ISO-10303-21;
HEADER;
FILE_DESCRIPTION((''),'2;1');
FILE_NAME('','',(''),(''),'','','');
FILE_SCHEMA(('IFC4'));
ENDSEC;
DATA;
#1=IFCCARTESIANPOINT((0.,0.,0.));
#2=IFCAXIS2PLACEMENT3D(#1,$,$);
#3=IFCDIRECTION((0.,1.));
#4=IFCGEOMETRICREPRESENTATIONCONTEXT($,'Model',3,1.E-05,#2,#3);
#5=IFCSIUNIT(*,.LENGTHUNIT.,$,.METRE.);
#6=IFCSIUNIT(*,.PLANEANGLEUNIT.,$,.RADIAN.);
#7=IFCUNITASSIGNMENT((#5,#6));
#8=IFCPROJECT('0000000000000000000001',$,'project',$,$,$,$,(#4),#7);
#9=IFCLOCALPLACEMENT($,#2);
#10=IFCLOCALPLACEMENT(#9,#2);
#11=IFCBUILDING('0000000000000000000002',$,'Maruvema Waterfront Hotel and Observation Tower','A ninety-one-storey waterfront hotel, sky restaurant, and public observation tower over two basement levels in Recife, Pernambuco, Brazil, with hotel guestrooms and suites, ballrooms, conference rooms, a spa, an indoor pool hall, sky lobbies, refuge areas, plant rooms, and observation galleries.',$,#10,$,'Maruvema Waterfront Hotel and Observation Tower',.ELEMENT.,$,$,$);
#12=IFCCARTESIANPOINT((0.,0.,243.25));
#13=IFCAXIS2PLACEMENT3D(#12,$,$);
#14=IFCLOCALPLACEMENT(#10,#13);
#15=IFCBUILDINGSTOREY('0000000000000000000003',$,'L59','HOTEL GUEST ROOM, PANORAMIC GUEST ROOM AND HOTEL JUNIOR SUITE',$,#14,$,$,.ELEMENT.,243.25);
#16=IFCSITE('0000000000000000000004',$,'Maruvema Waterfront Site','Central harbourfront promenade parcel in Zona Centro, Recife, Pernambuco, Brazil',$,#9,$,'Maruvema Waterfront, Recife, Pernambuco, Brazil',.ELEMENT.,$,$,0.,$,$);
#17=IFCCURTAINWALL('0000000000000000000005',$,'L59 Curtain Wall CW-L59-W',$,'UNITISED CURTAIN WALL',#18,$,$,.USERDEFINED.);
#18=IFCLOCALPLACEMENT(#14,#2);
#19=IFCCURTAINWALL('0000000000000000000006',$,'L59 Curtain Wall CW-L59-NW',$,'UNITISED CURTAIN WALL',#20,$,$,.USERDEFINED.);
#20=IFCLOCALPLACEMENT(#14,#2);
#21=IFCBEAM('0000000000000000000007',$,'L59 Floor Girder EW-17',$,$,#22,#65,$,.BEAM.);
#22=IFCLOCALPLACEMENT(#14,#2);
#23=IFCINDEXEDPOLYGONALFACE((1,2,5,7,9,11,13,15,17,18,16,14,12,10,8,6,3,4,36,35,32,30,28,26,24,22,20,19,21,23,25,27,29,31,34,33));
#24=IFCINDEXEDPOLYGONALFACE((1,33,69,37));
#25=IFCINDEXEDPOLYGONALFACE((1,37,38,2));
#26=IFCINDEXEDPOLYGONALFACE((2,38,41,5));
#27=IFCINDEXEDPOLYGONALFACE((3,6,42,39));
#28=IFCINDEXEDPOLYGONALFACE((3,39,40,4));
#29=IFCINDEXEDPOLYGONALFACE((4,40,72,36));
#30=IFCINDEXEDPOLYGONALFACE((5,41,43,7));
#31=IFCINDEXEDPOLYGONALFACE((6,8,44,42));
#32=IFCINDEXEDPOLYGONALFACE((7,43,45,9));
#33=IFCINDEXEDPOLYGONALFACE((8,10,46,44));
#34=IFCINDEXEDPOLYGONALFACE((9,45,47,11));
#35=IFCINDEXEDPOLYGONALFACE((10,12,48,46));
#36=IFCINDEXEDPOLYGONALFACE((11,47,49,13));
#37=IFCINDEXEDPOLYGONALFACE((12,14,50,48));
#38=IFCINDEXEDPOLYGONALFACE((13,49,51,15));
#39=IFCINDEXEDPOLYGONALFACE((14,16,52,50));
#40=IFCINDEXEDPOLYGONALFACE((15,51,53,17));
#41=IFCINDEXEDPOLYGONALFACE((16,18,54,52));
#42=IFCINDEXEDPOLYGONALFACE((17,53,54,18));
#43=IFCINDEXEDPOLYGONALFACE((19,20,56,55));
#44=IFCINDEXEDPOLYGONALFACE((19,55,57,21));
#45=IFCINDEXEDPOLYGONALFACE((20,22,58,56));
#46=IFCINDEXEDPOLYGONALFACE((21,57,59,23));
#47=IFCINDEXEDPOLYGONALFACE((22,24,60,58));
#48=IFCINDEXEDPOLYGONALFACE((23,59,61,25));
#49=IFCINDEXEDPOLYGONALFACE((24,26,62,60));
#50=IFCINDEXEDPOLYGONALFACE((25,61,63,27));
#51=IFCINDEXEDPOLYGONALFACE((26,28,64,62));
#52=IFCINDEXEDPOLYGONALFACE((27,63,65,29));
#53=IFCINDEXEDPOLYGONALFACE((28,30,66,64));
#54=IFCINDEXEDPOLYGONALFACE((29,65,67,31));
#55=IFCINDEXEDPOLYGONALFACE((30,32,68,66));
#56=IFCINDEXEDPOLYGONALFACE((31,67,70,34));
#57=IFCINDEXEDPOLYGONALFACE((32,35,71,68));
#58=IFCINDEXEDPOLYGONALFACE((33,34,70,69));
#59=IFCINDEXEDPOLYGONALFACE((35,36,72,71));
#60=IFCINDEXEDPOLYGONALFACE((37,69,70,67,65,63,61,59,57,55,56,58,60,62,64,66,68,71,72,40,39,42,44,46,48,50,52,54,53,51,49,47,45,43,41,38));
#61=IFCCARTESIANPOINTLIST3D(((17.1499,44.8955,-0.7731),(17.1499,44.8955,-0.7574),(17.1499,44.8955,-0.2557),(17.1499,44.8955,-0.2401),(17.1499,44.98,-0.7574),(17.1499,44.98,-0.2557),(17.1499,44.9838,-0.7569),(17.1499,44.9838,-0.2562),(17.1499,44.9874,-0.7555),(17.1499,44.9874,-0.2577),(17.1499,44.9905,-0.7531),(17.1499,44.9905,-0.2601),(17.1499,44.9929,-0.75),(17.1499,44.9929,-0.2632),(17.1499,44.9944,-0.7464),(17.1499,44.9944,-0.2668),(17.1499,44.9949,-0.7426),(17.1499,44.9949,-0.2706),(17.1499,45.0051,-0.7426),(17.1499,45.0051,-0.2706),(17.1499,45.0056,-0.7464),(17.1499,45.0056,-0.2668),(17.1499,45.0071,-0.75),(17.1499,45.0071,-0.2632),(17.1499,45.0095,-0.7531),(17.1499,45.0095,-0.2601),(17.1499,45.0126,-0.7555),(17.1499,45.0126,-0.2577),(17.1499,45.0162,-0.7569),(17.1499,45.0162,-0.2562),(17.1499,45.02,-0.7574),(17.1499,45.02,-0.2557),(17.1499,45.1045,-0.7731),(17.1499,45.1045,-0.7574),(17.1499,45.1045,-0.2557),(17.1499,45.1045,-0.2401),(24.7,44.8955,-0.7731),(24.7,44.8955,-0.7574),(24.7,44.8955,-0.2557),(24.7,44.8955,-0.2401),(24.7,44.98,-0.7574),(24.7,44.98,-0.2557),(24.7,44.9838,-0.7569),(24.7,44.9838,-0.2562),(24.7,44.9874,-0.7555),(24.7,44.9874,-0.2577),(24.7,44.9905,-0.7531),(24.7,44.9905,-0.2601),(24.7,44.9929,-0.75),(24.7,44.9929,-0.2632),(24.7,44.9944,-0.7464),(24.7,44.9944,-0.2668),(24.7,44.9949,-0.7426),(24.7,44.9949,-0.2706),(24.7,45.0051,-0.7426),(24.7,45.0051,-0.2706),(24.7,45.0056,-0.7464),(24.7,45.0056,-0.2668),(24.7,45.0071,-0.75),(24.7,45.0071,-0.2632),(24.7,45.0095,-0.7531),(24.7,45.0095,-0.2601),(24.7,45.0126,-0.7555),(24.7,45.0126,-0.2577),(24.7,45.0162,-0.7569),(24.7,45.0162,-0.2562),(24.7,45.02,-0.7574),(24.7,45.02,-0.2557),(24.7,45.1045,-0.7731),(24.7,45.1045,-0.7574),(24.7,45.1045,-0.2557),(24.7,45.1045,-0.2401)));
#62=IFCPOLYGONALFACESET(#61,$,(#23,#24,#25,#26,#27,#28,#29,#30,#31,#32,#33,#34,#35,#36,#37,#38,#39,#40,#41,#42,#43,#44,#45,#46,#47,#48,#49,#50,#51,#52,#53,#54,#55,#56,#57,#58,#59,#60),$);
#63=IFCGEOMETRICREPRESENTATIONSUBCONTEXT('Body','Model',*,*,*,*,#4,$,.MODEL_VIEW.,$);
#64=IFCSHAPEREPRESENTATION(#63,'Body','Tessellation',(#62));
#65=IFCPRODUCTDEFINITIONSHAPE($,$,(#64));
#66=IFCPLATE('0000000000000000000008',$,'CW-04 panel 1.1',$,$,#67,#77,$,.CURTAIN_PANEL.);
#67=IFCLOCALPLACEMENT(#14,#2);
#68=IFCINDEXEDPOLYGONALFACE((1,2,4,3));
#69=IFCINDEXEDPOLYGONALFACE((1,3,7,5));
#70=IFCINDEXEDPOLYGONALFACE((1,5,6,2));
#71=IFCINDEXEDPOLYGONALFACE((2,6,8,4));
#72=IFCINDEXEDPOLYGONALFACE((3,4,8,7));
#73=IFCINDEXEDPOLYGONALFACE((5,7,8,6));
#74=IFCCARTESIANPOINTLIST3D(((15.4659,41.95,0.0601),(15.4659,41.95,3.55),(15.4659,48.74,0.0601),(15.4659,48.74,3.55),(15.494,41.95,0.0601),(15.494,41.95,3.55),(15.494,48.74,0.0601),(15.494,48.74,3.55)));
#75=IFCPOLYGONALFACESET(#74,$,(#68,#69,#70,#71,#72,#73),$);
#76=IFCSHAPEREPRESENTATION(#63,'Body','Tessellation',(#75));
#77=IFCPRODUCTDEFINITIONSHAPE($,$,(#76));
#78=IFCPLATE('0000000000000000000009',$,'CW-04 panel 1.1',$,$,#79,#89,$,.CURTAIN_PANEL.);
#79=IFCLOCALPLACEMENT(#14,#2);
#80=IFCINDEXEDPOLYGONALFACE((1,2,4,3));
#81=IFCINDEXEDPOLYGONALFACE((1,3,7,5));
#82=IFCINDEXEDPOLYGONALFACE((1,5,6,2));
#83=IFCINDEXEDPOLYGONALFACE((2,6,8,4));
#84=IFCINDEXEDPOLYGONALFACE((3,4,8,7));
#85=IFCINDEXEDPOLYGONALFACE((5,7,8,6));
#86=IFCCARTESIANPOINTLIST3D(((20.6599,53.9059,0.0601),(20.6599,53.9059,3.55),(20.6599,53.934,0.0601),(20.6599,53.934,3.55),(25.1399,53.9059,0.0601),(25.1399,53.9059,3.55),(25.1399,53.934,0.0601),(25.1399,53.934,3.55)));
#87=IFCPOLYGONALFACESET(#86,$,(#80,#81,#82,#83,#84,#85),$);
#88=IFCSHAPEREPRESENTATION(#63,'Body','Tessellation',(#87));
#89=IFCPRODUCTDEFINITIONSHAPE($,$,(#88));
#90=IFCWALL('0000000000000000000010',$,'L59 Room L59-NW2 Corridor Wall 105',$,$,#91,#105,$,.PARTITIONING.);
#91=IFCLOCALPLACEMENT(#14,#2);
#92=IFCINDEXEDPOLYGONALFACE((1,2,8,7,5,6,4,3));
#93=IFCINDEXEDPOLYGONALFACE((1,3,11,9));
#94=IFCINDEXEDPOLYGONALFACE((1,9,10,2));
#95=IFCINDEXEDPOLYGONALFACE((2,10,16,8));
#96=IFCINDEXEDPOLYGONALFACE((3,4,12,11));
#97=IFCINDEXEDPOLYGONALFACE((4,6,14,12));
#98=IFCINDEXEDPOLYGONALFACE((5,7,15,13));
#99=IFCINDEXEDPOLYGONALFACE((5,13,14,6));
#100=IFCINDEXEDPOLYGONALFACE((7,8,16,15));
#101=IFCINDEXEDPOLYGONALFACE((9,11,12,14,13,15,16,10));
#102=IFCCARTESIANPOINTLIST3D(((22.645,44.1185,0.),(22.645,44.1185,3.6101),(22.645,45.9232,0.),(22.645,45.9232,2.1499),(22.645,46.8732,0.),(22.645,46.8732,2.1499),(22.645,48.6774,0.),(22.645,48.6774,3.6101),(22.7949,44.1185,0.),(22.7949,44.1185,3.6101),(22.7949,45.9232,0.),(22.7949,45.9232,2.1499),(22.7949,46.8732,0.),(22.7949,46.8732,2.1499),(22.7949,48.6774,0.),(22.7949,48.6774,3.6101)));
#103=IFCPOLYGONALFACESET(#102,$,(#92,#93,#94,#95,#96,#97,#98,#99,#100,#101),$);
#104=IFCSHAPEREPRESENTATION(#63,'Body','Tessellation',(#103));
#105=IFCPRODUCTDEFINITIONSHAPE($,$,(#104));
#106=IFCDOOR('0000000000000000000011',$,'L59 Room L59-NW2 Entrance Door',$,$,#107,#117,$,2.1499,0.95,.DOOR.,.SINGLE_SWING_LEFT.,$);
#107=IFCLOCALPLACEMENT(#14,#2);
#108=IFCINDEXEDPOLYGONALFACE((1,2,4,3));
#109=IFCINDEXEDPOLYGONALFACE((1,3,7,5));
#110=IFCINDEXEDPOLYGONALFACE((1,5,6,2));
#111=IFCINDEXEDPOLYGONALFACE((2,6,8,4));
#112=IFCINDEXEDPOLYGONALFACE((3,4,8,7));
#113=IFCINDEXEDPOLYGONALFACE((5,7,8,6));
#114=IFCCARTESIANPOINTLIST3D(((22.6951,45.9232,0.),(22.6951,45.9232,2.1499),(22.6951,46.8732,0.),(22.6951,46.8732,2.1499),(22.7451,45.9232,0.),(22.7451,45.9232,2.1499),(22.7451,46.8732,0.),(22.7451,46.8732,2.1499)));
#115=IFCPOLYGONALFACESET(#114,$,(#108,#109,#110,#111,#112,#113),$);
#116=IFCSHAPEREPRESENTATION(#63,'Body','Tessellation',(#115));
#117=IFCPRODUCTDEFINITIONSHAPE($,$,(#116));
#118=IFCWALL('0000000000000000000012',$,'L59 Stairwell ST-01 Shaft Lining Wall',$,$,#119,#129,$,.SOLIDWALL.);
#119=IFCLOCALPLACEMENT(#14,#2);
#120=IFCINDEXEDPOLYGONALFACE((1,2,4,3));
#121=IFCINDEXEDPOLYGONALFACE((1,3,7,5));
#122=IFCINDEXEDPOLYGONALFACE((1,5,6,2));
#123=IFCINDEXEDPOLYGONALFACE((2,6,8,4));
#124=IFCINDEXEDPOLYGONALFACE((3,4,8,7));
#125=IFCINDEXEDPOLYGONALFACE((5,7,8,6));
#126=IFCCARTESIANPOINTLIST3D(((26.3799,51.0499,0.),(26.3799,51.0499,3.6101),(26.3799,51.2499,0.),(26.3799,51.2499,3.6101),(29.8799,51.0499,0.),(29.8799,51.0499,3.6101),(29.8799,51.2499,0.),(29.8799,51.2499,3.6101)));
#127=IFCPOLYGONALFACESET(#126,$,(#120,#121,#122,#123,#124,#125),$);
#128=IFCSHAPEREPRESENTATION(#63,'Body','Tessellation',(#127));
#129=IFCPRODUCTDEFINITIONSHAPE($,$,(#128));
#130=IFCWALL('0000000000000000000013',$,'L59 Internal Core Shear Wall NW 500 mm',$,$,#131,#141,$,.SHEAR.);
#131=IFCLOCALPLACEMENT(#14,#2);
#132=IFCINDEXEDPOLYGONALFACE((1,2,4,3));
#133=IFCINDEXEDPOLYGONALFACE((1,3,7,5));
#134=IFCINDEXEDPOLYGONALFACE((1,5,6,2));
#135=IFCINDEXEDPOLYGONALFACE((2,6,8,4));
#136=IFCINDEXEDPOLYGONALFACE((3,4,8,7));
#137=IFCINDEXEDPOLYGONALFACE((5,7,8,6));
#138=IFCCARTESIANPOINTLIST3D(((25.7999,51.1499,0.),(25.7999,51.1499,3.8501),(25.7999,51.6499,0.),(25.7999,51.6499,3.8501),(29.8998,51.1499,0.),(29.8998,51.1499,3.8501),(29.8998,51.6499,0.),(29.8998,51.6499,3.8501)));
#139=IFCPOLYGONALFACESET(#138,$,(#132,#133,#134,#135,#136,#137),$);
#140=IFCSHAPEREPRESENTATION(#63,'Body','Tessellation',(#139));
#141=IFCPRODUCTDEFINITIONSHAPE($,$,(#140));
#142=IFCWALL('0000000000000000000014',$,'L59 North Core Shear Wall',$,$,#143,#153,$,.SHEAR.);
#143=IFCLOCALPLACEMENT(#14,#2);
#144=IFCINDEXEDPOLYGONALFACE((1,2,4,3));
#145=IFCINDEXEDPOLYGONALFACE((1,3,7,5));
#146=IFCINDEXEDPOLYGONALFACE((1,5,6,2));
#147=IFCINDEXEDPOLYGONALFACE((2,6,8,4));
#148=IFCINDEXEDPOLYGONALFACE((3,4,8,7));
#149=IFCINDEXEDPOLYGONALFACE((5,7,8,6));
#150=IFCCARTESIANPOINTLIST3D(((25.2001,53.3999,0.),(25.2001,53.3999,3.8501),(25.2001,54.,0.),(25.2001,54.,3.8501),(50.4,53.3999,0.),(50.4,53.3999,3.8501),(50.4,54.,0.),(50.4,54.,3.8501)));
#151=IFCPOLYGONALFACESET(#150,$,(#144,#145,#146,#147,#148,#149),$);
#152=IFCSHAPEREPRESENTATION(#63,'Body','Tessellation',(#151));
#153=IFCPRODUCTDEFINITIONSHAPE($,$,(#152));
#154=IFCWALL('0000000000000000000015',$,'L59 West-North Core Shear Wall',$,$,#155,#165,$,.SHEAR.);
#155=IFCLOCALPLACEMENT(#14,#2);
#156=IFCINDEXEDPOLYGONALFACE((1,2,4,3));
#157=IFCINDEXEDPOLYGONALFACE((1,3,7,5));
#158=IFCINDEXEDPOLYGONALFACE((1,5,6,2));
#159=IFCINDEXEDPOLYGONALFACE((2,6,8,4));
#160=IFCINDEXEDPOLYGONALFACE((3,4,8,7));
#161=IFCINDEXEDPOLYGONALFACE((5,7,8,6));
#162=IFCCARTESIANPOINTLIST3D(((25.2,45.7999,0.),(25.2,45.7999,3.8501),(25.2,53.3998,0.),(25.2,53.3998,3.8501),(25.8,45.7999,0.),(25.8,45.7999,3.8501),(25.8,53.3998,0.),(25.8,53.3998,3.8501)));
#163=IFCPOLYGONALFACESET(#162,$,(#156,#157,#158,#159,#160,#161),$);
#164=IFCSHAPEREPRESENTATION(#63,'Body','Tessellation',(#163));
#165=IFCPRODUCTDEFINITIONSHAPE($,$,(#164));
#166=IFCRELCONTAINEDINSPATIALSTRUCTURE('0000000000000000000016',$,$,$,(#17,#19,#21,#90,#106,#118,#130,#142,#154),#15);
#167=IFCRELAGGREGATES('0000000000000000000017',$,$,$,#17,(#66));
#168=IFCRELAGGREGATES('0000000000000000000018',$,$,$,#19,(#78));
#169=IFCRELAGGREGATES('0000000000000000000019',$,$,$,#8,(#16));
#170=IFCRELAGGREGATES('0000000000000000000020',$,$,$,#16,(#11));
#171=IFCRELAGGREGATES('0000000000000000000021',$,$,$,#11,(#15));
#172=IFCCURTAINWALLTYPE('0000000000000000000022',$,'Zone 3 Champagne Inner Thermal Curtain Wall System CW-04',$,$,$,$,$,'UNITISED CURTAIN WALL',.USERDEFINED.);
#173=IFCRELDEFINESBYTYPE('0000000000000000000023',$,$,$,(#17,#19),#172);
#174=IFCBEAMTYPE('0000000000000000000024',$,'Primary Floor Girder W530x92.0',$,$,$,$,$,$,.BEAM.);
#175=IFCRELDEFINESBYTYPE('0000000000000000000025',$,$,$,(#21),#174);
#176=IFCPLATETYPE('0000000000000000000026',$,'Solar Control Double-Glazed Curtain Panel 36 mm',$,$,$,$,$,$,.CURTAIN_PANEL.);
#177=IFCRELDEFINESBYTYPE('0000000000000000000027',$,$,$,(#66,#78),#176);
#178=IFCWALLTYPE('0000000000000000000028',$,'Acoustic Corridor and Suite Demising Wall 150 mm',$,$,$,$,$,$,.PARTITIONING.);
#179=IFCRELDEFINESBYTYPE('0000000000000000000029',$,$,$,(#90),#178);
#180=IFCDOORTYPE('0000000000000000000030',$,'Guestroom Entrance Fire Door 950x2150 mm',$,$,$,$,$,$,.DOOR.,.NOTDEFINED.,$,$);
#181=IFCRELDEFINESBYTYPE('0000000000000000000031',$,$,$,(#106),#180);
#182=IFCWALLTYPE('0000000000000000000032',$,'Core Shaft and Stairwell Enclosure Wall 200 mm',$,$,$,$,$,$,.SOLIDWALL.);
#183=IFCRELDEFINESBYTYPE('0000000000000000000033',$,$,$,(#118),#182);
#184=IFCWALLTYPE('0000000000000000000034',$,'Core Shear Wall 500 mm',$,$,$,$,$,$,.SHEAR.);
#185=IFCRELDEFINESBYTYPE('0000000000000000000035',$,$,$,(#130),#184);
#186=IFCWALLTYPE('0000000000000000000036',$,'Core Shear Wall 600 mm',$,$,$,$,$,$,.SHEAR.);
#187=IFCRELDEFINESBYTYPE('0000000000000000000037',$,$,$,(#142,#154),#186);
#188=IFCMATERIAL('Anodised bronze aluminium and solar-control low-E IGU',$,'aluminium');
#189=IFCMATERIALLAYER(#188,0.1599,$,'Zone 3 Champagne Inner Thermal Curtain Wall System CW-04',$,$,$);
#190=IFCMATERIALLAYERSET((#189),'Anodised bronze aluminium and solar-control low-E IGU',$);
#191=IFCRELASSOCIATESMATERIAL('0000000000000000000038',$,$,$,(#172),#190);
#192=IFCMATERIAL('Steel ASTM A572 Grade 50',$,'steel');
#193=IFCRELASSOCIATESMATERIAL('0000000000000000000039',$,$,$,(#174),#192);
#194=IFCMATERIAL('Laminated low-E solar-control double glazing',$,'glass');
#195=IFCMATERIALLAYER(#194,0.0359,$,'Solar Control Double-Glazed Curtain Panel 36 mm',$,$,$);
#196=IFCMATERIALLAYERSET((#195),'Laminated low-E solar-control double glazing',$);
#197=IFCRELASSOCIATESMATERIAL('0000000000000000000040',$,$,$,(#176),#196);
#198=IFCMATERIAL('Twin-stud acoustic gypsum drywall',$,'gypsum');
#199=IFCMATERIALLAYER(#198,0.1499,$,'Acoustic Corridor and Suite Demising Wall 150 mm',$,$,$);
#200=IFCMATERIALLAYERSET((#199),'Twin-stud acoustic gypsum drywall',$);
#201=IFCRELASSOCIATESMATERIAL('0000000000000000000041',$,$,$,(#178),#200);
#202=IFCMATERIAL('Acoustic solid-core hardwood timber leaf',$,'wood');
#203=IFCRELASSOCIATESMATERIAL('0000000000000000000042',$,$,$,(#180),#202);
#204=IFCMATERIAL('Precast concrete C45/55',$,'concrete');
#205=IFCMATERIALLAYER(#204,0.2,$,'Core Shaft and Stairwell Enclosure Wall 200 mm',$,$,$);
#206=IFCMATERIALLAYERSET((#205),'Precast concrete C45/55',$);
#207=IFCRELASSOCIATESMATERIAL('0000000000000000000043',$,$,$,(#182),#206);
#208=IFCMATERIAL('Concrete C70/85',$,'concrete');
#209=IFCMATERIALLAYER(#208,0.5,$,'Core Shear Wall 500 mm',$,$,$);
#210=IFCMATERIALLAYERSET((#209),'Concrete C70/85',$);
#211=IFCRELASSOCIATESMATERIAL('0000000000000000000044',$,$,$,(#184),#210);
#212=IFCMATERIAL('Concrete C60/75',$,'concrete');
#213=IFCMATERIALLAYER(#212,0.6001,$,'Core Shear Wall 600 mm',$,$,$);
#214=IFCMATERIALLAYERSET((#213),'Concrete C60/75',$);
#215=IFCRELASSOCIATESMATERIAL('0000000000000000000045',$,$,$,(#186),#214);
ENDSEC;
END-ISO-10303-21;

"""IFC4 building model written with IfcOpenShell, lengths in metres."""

from ifc_helpers import new_model, si_unit, direction, frame, frame_2d, origin, origin_2d, place, context, subcontext, project, spatial, rectangle, i_section, extrude, material, layer, layer_set, material_profile, profile_set, type_object, element, fill, aggregate, save


model = new_model("IFC4")

# Units and contexts
model_context = context("Model", 3, precision=1e-05, world=origin(), true_north=direction((0.0, 1.0)))
body_context = subcontext(model_context, "Body", "Model", "MODEL_VIEW")
ifc_project = project(units=[si_unit("LENGTHUNIT", "METRE"), si_unit("PLANEANGLEUNIT", "RADIAN")], contexts=[model_context])

# Site, building, storey
site_placement = place(None, origin())
site = spatial("IfcSite", under=ifc_project, at=site_placement, Name="Maruvema Waterfront Site", Description="Central harbourfront promenade parcel in Zona Centro, Recife, Pernambuco, Brazil", LongName="Maruvema Waterfront, Recife, Pernambuco, Brazil", CompositionType="ELEMENT", RefElevation=0.0)
building_placement = place(site_placement, origin())
building = spatial("IfcBuilding", under=site, at=building_placement, Name="Maruvema Waterfront Hotel and Observation Tower", Description="A ninety-one-storey waterfront hotel, sky restaurant, and public observation tower over two basement levels in Recife, Pernambuco, Brazil, with hotel guestrooms and suites, ballrooms, conference rooms, a spa, an indoor pool hall, sky lobbies, refuge areas, plant rooms, and observation galleries.", LongName="Maruvema Waterfront Hotel and Observation Tower", CompositionType="ELEMENT")
storey_placement = place(building_placement, frame((0.0, 0.0, 243.25)))
storey = spatial("IfcBuildingStorey", under=building, at=storey_placement, Name="L59", Description="HOTEL GUEST ROOM, PANORAMIC GUEST ROOM AND HOTEL JUNIOR SUITE", CompositionType="ELEMENT", Elevation=243.25)

# Curtain walls
ifc_material_1 = material(Name="Anodised bronze aluminium and solar-control low-E IGU", Category="aluminium")
ifc_layer_1 = layer(ifc_material_1, 0.1599, Name="Zone 3 Champagne Inner Thermal Curtain Wall System CW-04")
ifc_layer_set_1 = layer_set([ifc_layer_1], Name="Anodised bronze aluminium and solar-control low-E IGU")
curtain_wall_type = type_object("IfcCurtainWallType", Name="Zone 3 Champagne Inner Thermal Curtain Wall System CW-04", ElementType="UNITISED CURTAIN WALL", PredefinedType="USERDEFINED", material=ifc_layer_set_1)
curtain_wall_1_placement = place(storey_placement, origin())
curtain_wall_1 = element("IfcCurtainWall", 1, at=curtain_wall_1_placement, inside=storey, type_object=curtain_wall_type, Name="L59 Curtain Wall CW-L59-W", ObjectType="UNITISED CURTAIN WALL", PredefinedType="USERDEFINED")
curtain_wall_2_placement = place(storey_placement, origin())
curtain_wall_2 = element("IfcCurtainWall", 2, at=curtain_wall_2_placement, inside=storey, type_object=curtain_wall_type, Name="L59 Curtain Wall CW-L59-NW", ObjectType="UNITISED CURTAIN WALL", PredefinedType="USERDEFINED")

# Beam
ifc_material_2 = material(Name="Steel ASTM A572 Grade 50", Category="steel")
ifc_material_profile_1 = material_profile(ifc_material_2, i_section(OverallWidth=0.209, OverallDepth=0.533, WebThickness=0.0103, FlangeThickness=0.0156, FilletRadius=0.0149, at=origin_2d()), Name="W530x92.0")
ifc_profile_set_1 = profile_set([ifc_material_profile_1], Name="Steel ASTM A572 Grade 50")
beam_type = type_object("IfcBeamType", Name="Primary Floor Girder W530x92.0", PredefinedType="BEAM", material=ifc_profile_set_1)
beam_placement = place(storey_placement, frame((17.1499, 45.0, -0.5066), z_axis=(1.0, 0.0, 0.0), x_axis=(0.0, 1.0, 0.0)))
element("IfcBeam", 3, at=beam_placement, inside=storey, type_object=beam_type, Name="L59 Floor Girder EW-17", PredefinedType="BEAM", context=body_context, shape_type="SweptSolid", body=[
    extrude(i_section(OverallWidth=0.209, OverallDepth=0.533, WebThickness=0.0103, FlangeThickness=0.0156, FilletRadius=0.0149, at=origin_2d()), origin(), (0.0, 0.0, 1.0), 7.55),
])

# Plates
ifc_material_3 = material(Name="Laminated low-E solar-control double glazing", Category="glass")
ifc_layer_2 = layer(ifc_material_3, 0.0359, Name="Solar Control Double-Glazed Curtain Panel 36 mm")
ifc_layer_set_2 = layer_set([ifc_layer_2], Name="Laminated low-E solar-control double glazing")
plate_type = type_object("IfcPlateType", Name="Solar Control Double-Glazed Curtain Panel 36 mm", PredefinedType="CURTAIN_PANEL", material=ifc_layer_set_2)
plate_1_placement = place(storey_placement, frame((15.48, 45.345, 0.0601), z_axis=(0.0, 0.0, 1.0), x_axis=(0.0, -1.0, 0.0)))
plate_1 = element("IfcPlate", 4, at=plate_1_placement, type_object=plate_type, Name="CW-04 panel 1.1", PredefinedType="CURTAIN_PANEL", context=body_context, shape_type="SweptSolid", body=[
    extrude(rectangle(XDim=6.79, YDim=0.0281, at=origin_2d()), origin(), (0.0, 0.0, 1.0), 3.49),
])
aggregate(curtain_wall_1, [plate_1])
plate_2_placement = place(storey_placement, frame((22.8999, 53.9199, 0.0601), z_axis=(0.0, 0.0, 1.0), x_axis=(-1.0, 0.0, 0.0)))
plate_2 = element("IfcPlate", 5, at=plate_2_placement, type_object=plate_type, Name="CW-04 panel 1.1", PredefinedType="CURTAIN_PANEL", context=body_context, shape_type="SweptSolid", body=[
    extrude(rectangle(XDim=4.48, YDim=0.0281, at=origin_2d()), origin(), (0.0, 0.0, 1.0), 3.49),
])
aggregate(curtain_wall_2, [plate_2])

# Wall, opening, door
ifc_material_4 = material(Name="Twin-stud acoustic gypsum drywall", Category="gypsum")
ifc_layer_3 = layer(ifc_material_4, 0.1499, Name="Acoustic Corridor and Suite Demising Wall 150 mm")
ifc_layer_set_3 = layer_set([ifc_layer_3], Name="Twin-stud acoustic gypsum drywall")
wall_type_1 = type_object("IfcWallType", Name="Acoustic Corridor and Suite Demising Wall 150 mm", PredefinedType="PARTITIONING", material=ifc_layer_set_3)
wall_1_placement = place(storey_placement, frame((22.72, 44.1187, 0.0), z_axis=(0.0, 0.0, 1.0), x_axis=(0.0, 1.0, 0.0)))
wall_1 = element("IfcWall", 6, at=wall_1_placement, inside=storey, type_object=wall_type_1, Name="L59 Room L59-NW2 Corridor Wall 105", PredefinedType="PARTITIONING", context=body_context, shape_type="SweptSolid", body=[
    extrude(rectangle(XDim=4.5588, YDim=0.1499, at=frame_2d((2.2793, 0.0))), origin(), (0.0, 0.0, 1.0), 3.6101),
])
opening_1_placement = place(wall_1_placement, frame((1.8044, 0.0, 0.0)))
opening_1 = element("IfcOpeningElement", 7, at=opening_1_placement, cuts=wall_1, PredefinedType="OPENING", context=body_context, shape_type="SweptSolid", body=[
    extrude(rectangle(XDim=0.95, YDim=2.1499, at=frame_2d((0.4751, 1.075))), frame((0.0, 0.085, 0.0), z_axis=(0.0, -1.0, 0.0), x_axis=(1.0, 0.0, 0.0)), (0.0, 0.0, 1.0), 0.1699),
])
ifc_material_5 = material(Name="Acoustic solid-core hardwood timber leaf", Category="wood")
door_type_1 = type_object("IfcDoorType", Name="Guestroom Entrance Fire Door 950x2150 mm", OperationType="NOTDEFINED", PredefinedType="DOOR", material=ifc_material_5)
door_1_placement = place(opening_1_placement, origin())
door_1 = element("IfcDoor", 8, at=door_1_placement, inside=storey, type_object=door_type_1, Name="L59 Room L59-NW2 Entrance Door", OperationType="SINGLE_SWING_LEFT", OverallHeight=2.1499, OverallWidth=0.95, PredefinedType="DOOR", context=body_context, shape_type="SweptSolid", body=[
    extrude(rectangle(XDim=0.95, YDim=2.1499, at=frame_2d((0.4751, 1.075))), frame((0.0, 0.0249, 0.0), z_axis=(0.0, -1.0, 0.0), x_axis=(1.0, 0.0, 0.0)), (0.0, 0.0, 1.0), 0.05),
])
fill(opening_1, door_1)

# Walls
ifc_material_6 = material(Name="Precast concrete C45/55", Category="concrete")
ifc_layer_4 = layer(ifc_material_6, 0.2, Name="Core Shaft and Stairwell Enclosure Wall 200 mm")
ifc_layer_set_4 = layer_set([ifc_layer_4], Name="Precast concrete C45/55")
wall_type_2 = type_object("IfcWallType", Name="Core Shaft and Stairwell Enclosure Wall 200 mm", PredefinedType="SOLIDWALL", material=ifc_layer_set_4)
wall_2_placement = place(storey_placement, frame((26.3799, 51.1499, 0.0), z_axis=(0.0, 0.0, 1.0), x_axis=(1.0, 0.0, 0.0)))
element("IfcWall", 9, at=wall_2_placement, inside=storey, type_object=wall_type_2, Name="L59 Stairwell ST-01 Shaft Lining Wall", PredefinedType="SOLIDWALL", context=body_context, shape_type="SweptSolid", body=[
    extrude(rectangle(XDim=3.5, YDim=0.2, at=frame_2d((1.75, 0.0))), origin(), (0.0, 0.0, 1.0), 3.6101),
])
ifc_material_7 = material(Name="Concrete C70/85", Category="concrete")
ifc_layer_5 = layer(ifc_material_7, 0.5, Name="Core Shear Wall 500 mm")
ifc_layer_set_5 = layer_set([ifc_layer_5], Name="Concrete C70/85")
wall_type_3 = type_object("IfcWallType", Name="Core Shear Wall 500 mm", PredefinedType="SHEAR", material=ifc_layer_set_5)
wall_3_placement = place(storey_placement, frame((25.8, 51.3999, 0.0), z_axis=(0.0, 0.0, 1.0), x_axis=(1.0, 0.0, 0.0)))
element("IfcWall", 10, at=wall_3_placement, inside=storey, type_object=wall_type_3, Name="L59 Internal Core Shear Wall NW 500 mm", PredefinedType="SHEAR", context=body_context, shape_type="SweptSolid", body=[
    extrude(rectangle(XDim=4.0999, YDim=0.5, at=frame_2d((2.0498, 0.0))), origin(), (0.0, 0.0, 1.0), 3.8501),
])
ifc_material_8 = material(Name="Concrete C60/75", Category="concrete")
ifc_layer_6 = layer(ifc_material_8, 0.6001, Name="Core Shear Wall 600 mm")
ifc_layer_set_6 = layer_set([ifc_layer_6], Name="Concrete C60/75")
wall_type_4 = type_object("IfcWallType", Name="Core Shear Wall 600 mm", PredefinedType="SHEAR", material=ifc_layer_set_6)
wall_4_placement = place(storey_placement, frame((25.2, 53.7, 0.0), z_axis=(0.0, 0.0, 1.0), x_axis=(1.0, 0.0, 0.0)))
element("IfcWall", 11, at=wall_4_placement, inside=storey, type_object=wall_type_4, Name="L59 North Core Shear Wall", PredefinedType="SHEAR", context=body_context, shape_type="SweptSolid", body=[
    extrude(rectangle(XDim=25.2, YDim=0.6001, at=frame_2d((12.6001, 0.0))), origin(), (0.0, 0.0, 1.0), 3.8501),
])
wall_5_placement = place(storey_placement, frame((25.5, 45.8, 0.0), z_axis=(0.0, 0.0, 1.0), x_axis=(0.0, 1.0, 0.0)))
element("IfcWall", 12, at=wall_5_placement, inside=storey, type_object=wall_type_4, Name="L59 West-North Core Shear Wall", PredefinedType="SHEAR", context=body_context, shape_type="SweptSolid", body=[
    extrude(rectangle(XDim=7.5999, YDim=0.6001, at=frame_2d((3.7998, 0.0))), origin(), (0.0, 0.0, 1.0), 3.8501),
])

save(model, "model.ifc")
